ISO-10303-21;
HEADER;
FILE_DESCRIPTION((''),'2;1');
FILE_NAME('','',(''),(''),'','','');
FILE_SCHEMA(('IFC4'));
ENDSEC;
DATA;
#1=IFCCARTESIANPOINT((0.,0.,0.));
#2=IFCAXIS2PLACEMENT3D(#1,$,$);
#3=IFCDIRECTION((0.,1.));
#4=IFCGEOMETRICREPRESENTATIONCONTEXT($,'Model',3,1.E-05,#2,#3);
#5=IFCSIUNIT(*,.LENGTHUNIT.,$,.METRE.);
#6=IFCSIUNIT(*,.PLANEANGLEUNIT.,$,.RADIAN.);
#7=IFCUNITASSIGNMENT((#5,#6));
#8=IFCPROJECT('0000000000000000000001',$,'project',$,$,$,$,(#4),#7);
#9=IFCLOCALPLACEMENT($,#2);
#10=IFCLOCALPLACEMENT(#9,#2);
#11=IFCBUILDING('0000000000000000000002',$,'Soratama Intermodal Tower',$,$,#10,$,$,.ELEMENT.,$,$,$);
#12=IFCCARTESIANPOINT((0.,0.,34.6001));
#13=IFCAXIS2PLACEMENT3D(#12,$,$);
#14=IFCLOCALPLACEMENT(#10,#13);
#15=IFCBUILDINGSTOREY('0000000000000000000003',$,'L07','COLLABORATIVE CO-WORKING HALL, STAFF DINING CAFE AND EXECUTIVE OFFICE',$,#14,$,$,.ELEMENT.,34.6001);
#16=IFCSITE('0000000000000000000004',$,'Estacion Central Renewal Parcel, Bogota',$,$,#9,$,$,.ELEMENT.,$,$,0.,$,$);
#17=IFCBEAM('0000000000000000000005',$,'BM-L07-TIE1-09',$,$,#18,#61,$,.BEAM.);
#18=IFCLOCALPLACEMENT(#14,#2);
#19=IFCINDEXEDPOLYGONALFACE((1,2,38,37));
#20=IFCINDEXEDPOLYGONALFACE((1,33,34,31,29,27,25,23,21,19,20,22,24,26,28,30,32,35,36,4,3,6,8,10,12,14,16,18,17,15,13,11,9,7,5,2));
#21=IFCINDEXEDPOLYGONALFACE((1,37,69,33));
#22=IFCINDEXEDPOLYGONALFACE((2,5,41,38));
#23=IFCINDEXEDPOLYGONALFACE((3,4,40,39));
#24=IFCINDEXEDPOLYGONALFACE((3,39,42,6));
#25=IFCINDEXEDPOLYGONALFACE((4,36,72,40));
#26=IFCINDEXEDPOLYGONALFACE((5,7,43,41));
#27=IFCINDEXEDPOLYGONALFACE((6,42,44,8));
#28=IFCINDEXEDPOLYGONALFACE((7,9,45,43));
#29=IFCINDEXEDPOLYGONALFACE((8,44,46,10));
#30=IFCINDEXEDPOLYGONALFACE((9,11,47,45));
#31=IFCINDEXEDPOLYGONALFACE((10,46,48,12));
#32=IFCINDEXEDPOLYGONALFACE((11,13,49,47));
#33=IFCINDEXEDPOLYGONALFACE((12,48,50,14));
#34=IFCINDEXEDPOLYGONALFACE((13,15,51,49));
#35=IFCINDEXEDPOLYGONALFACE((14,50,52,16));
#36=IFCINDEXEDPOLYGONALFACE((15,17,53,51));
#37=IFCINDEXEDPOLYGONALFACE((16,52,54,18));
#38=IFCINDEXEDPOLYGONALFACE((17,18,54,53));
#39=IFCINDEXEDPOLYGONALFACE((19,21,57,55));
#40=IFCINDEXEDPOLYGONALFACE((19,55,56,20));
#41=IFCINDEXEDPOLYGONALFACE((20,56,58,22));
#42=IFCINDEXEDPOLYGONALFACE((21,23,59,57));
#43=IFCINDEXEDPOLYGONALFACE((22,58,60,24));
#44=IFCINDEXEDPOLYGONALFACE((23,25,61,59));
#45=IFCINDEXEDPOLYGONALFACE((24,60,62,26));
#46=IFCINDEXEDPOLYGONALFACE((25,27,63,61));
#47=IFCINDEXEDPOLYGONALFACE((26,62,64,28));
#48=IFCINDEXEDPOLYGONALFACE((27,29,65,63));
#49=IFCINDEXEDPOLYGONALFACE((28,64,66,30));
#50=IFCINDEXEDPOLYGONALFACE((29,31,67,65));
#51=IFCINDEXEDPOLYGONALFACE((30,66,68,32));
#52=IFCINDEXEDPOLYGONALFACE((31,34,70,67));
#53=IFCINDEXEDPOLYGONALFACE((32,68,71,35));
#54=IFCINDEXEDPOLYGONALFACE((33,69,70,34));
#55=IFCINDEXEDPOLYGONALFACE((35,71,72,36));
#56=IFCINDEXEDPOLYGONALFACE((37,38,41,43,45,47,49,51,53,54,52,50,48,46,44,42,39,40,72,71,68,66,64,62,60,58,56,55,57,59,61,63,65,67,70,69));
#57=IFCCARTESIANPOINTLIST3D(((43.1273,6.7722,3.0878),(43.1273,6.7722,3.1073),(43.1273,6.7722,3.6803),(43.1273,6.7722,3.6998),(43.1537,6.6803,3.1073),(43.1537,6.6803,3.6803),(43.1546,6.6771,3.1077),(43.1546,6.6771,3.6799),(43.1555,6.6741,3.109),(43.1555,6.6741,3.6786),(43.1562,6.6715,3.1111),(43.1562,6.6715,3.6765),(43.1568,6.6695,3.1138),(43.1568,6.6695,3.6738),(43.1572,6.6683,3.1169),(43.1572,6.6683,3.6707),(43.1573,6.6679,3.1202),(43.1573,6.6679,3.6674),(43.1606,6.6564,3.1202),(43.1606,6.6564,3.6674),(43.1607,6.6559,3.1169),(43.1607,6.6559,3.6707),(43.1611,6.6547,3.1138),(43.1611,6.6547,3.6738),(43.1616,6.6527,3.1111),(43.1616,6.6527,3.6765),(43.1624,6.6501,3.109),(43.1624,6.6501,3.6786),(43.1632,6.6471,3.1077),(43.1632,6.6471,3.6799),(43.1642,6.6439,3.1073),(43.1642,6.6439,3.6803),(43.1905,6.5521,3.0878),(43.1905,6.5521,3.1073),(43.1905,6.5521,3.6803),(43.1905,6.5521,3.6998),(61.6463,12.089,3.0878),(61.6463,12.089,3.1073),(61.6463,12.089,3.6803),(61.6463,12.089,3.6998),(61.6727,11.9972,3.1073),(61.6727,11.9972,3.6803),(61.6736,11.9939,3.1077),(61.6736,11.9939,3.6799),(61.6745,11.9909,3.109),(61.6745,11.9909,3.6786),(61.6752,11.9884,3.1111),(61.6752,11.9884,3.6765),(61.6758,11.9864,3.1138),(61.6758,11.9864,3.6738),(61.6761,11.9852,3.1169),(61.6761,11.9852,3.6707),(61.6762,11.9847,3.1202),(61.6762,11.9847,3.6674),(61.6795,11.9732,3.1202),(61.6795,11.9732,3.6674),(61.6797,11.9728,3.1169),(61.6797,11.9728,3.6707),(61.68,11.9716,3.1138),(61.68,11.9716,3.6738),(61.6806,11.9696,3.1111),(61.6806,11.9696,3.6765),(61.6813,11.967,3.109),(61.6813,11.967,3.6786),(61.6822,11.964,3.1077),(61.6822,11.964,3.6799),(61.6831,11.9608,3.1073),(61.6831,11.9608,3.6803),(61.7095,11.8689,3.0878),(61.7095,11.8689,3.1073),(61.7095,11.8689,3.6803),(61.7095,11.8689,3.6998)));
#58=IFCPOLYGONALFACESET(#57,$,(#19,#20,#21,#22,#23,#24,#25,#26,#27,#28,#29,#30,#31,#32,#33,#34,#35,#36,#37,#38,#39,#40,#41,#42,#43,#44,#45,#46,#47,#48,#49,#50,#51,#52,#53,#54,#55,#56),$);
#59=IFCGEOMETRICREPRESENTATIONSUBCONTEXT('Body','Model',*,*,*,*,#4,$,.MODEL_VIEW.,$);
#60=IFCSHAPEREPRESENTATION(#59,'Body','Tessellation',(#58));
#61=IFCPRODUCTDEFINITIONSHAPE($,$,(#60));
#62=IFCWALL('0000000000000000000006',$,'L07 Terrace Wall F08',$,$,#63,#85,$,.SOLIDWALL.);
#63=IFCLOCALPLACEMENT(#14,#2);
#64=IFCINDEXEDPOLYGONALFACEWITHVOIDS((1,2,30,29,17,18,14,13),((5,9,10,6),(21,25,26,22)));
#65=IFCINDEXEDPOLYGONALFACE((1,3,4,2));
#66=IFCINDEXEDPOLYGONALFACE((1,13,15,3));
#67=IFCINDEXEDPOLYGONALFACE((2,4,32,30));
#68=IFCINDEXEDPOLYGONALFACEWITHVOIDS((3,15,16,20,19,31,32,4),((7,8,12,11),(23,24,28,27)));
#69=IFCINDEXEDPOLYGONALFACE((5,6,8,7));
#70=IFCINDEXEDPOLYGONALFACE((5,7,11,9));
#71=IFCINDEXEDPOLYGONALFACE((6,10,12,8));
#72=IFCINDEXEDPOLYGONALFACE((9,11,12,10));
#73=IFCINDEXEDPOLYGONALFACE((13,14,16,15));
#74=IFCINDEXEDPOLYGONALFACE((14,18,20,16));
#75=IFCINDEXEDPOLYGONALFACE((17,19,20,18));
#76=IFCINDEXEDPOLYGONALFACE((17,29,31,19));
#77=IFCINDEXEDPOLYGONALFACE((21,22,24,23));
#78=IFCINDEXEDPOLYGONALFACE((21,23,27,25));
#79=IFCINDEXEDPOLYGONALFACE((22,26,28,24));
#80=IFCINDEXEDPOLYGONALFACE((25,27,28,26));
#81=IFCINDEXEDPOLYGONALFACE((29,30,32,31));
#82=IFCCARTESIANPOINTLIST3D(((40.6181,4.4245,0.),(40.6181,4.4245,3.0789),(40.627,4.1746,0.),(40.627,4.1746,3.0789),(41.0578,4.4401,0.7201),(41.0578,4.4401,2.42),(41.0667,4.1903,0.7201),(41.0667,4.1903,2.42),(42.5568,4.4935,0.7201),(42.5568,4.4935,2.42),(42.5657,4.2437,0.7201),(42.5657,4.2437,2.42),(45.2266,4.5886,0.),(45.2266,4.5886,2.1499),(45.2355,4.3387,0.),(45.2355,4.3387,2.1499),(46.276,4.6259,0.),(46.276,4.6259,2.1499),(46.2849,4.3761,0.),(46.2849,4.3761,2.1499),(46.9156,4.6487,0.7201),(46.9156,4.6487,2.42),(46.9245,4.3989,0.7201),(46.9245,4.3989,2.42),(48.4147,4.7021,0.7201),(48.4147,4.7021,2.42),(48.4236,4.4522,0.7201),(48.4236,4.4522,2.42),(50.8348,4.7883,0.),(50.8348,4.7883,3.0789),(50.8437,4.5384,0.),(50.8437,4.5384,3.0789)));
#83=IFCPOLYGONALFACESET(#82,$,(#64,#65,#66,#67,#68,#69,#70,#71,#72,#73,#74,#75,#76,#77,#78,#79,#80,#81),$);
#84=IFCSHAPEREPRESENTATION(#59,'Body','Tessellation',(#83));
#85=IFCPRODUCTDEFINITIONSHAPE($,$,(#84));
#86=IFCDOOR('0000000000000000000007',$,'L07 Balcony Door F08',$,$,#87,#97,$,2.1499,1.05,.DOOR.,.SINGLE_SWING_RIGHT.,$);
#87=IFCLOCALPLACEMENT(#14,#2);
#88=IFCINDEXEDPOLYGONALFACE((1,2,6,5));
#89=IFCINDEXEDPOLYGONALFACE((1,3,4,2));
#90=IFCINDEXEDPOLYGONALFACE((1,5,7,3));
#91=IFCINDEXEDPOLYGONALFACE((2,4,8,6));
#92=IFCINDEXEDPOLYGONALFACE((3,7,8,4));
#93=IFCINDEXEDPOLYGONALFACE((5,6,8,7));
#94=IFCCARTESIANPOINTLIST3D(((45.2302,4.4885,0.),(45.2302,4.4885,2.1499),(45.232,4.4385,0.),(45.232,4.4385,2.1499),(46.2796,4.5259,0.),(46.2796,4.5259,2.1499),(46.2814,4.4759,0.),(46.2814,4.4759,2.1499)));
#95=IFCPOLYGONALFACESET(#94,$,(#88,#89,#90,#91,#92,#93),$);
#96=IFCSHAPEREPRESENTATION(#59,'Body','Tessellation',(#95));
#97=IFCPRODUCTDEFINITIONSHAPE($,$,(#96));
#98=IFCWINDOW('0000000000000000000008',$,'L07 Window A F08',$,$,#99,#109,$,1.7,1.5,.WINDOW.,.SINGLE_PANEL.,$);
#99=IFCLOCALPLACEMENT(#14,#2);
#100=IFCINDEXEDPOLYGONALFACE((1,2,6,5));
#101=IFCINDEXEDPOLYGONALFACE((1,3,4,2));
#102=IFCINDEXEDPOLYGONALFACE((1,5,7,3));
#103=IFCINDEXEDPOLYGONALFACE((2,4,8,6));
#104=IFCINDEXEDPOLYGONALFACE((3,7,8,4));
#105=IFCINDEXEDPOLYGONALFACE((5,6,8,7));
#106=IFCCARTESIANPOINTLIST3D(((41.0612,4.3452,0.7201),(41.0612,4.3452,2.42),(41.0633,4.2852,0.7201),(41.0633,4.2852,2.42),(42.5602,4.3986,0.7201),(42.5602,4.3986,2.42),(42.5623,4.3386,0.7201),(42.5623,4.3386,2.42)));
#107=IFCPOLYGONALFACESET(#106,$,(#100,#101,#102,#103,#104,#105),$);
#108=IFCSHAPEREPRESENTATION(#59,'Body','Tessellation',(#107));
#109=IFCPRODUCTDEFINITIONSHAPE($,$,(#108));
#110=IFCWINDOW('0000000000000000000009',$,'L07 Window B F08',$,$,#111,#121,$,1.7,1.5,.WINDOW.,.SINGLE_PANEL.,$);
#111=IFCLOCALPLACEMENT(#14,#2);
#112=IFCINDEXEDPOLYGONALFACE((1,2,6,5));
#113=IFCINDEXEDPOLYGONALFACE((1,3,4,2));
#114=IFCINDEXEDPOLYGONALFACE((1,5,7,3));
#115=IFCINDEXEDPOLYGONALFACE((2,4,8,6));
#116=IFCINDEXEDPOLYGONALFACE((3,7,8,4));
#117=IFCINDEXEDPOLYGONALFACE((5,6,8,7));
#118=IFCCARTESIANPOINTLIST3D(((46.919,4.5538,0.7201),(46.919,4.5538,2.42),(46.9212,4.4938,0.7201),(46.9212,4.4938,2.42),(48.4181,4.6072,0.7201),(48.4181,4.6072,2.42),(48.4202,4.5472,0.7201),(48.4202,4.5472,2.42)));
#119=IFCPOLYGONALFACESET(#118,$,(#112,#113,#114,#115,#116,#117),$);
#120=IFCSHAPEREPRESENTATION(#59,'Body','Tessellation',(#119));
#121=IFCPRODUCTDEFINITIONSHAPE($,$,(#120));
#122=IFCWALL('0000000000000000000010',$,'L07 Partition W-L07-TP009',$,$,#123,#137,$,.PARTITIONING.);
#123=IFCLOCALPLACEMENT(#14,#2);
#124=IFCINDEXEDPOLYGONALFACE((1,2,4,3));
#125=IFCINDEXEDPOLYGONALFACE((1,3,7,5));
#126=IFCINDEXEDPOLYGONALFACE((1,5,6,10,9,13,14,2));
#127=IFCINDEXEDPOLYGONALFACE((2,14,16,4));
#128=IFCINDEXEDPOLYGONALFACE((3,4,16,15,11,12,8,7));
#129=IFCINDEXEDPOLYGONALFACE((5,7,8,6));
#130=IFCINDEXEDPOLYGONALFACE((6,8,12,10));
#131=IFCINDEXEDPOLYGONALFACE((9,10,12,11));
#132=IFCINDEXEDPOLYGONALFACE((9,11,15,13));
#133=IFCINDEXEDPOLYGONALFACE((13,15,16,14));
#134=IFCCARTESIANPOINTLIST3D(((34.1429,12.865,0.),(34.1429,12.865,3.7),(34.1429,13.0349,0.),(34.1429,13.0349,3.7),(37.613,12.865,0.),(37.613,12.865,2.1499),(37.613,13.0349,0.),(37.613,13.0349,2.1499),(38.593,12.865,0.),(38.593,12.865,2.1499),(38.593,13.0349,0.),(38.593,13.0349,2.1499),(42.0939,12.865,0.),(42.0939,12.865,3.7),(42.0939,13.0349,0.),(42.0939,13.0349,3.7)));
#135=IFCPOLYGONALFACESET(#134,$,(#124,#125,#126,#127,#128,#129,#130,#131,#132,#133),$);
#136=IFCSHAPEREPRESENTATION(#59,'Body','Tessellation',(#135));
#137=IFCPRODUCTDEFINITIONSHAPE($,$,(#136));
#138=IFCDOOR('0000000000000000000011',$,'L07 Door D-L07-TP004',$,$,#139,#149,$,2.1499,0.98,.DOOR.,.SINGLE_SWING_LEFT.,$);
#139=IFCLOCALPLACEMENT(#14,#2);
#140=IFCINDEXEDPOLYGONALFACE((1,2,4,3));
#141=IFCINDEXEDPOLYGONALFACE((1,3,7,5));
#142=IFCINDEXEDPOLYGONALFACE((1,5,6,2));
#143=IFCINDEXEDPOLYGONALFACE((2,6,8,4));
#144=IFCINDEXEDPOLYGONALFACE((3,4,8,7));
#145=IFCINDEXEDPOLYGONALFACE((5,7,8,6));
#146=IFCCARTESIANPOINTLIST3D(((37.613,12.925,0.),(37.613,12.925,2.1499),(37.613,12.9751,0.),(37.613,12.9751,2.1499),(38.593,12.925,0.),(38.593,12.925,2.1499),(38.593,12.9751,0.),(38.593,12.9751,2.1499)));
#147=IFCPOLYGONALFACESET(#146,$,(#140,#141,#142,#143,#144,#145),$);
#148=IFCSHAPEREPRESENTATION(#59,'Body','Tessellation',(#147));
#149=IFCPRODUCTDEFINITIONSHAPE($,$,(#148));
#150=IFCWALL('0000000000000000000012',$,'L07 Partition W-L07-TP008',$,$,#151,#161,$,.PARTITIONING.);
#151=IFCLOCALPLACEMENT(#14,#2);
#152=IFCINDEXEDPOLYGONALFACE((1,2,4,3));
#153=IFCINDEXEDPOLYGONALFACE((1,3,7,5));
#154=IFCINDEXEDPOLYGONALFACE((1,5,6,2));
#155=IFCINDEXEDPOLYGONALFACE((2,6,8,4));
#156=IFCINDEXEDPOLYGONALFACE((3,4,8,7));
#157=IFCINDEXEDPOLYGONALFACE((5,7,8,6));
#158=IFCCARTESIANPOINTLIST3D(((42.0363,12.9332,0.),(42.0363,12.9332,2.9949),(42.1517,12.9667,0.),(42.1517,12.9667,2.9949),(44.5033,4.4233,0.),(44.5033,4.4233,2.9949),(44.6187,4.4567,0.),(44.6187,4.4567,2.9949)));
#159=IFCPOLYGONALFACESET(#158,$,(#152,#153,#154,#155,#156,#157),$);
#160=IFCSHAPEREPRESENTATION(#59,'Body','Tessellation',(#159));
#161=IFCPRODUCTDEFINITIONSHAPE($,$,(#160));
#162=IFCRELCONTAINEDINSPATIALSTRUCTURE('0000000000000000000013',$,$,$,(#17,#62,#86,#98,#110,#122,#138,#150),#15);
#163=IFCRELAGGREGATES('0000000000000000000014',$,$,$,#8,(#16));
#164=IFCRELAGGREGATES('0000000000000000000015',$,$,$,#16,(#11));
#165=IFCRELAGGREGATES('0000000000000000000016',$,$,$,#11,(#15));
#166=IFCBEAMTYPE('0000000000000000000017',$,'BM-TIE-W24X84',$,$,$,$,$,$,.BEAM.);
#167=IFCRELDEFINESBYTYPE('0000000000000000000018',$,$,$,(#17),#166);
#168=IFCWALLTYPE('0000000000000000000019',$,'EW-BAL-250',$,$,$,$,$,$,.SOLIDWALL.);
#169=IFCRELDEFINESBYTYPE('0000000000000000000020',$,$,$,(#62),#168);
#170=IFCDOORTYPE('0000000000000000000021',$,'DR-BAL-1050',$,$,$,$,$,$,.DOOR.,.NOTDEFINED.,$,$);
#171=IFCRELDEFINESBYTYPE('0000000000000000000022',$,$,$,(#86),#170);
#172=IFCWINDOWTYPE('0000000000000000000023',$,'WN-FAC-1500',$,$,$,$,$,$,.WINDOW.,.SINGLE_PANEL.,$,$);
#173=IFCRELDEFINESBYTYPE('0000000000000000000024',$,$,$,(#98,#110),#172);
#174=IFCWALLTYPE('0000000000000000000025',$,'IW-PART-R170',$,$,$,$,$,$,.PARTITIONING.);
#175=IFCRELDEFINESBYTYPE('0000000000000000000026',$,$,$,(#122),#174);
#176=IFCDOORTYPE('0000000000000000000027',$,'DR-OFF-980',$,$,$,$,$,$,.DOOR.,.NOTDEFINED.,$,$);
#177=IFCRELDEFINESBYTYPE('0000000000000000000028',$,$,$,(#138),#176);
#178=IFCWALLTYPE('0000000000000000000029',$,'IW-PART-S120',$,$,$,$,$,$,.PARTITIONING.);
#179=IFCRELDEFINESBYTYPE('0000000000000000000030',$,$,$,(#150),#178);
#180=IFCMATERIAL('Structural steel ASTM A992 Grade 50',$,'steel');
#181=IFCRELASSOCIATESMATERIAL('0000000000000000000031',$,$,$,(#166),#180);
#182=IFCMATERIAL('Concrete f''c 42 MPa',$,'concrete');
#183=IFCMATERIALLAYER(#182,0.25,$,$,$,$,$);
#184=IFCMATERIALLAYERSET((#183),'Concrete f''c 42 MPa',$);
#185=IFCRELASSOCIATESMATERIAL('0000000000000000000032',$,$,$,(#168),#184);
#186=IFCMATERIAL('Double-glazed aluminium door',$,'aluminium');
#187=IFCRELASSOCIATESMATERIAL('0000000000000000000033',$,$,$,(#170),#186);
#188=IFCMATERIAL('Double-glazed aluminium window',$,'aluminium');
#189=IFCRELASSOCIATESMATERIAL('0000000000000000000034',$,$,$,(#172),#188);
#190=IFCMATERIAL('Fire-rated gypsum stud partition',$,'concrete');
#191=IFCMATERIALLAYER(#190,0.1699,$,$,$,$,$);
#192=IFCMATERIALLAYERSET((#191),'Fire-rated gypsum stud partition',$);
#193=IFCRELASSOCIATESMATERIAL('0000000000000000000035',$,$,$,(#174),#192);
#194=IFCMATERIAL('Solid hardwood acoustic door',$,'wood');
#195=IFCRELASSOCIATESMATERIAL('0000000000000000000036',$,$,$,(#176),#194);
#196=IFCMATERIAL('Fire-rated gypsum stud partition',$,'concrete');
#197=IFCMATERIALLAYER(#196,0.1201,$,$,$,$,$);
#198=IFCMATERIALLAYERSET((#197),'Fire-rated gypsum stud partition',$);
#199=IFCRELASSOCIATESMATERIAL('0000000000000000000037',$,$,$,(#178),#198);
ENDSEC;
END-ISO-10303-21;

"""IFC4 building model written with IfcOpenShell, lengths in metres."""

from ifc_helpers import new_model, si_unit, direction, frame, frame_2d, origin, origin_2d, place, context, subcontext, project, spatial, rectangle, i_section, extrude, material, layer, layer_set, material_profile, profile_set, type_object, element, fill, save


model = new_model("IFC4")

# Units and contexts
model_context = context("Model", 3, precision=1e-05, world=origin(), true_north=direction((0.0, 1.0)))
body_context = subcontext(model_context, "Body", "Model", "MODEL_VIEW")
ifc_project = project(units=[si_unit("LENGTHUNIT", "METRE"), si_unit("PLANEANGLEUNIT", "RADIAN")], contexts=[model_context])

# Site, building, storey
site_placement = place(None, origin())
site = spatial("IfcSite", under=ifc_project, at=site_placement, Name="Estacion Central Renewal Parcel, Bogota", CompositionType="ELEMENT", RefElevation=0.0)
building_placement = place(site_placement, origin())
building = spatial("IfcBuilding", under=site, at=building_placement, Name="Soratama Intermodal Tower", CompositionType="ELEMENT")
storey_placement = place(building_placement, frame((0.0, 0.0, 34.6001)))
storey = spatial("IfcBuildingStorey", under=building, at=storey_placement, Name="L07", Description="COLLABORATIVE CO-WORKING HALL, STAFF DINING CAFE AND EXECUTIVE OFFICE", CompositionType="ELEMENT", Elevation=34.6001)

# Beam
ifc_material_1 = material(Name="Structural steel ASTM A992 Grade 50", Category="steel")
ifc_material_profile_1 = material_profile(ifc_material_1, i_section(OverallWidth=0.229, OverallDepth=0.6121, WebThickness=0.012, FlangeThickness=0.0195, FilletRadius=0.0129, at=origin_2d()), Name="W24X84")
ifc_profile_set_1 = profile_set([ifc_material_profile_1], Name="Structural steel ASTM A992 Grade 50")
beam_type_1 = type_object("IfcBeamType", Name="BM-TIE-W24X84", PredefinedType="BEAM", material=ifc_profile_set_1)
beam_1_placement = place(storey_placement, frame((43.1589, 6.6621, 3.3938), z_axis=(0.96117, 0.275956, 0.0), x_axis=(-0.275956, 0.96117, 0.0)))
element("IfcBeam", 1, at=beam_1_placement, inside=storey, type_object=beam_type_1, Name="BM-L07-TIE1-09", PredefinedType="BEAM", context=body_context, shape_type="SweptSolid", body=[
    extrude(i_section(OverallWidth=0.229, OverallDepth=0.6121, WebThickness=0.012, FlangeThickness=0.0195, FilletRadius=0.0129, at=origin_2d()), origin(), (0.0, 0.0, 1.0), 19.2671),
])

# Wall, openings, door, windows
ifc_material_2 = material(Name="Concrete f'c 42 MPa", Category="concrete")
ifc_layer_1 = layer(ifc_material_2, 0.25)
ifc_layer_set_1 = layer_set([ifc_layer_1], Name="Concrete f'c 42 MPa")
wall_type_1 = type_object("IfcWallType", Name="EW-BAL-250", PredefinedType="SOLIDWALL", material=ifc_layer_set_1)
wall_1_placement = place(storey_placement, frame((40.6226, 4.2996, 0.0), z_axis=(0.0, 0.0, 1.0), x_axis=(0.999367, 0.035583, 0.0)))
wall_1 = element("IfcWall", 2, at=wall_1_placement, inside=storey, type_object=wall_type_1, Name="L07 Terrace Wall F08", PredefinedType="SOLIDWALL", context=body_context, shape_type="SweptSolid", body=[
    extrude(rectangle(XDim=10.2231, YDim=0.25, at=frame_2d((5.1116, 0.0))), origin(), (0.0, 0.0, 1.0), 3.0789),
])
opening_1_placement = place(wall_1_placement, frame((4.6116, 0.0, 0.0)))
opening_1 = element("IfcOpeningElement", 3, at=opening_1_placement, cuts=wall_1, PredefinedType="OPENING", context=body_context, shape_type="SweptSolid", body=[
    extrude(rectangle(XDim=1.05, YDim=2.1499, at=frame_2d((0.5249, 1.075))), frame((0.0, 0.135, 0.0), z_axis=(0.0, -1.0, 0.0), x_axis=(1.0, 0.0, 0.0)), (0.0, 0.0, 1.0), 0.27),
])
opening_2_placement = place(wall_1_placement, frame((0.4399, 0.0, 0.72)))
opening_2 = element("IfcOpeningElement", 4, at=opening_2_placement, cuts=wall_1, PredefinedType="OPENING", context=body_context, shape_type="SweptSolid", body=[
    extrude(rectangle(XDim=1.5, YDim=1.7, at=frame_2d((0.75, 0.8501))), frame((0.0, 0.135, 0.0), z_axis=(0.0, -1.0, 0.0), x_axis=(1.0, 0.0, 0.0)), (0.0, 0.0, 1.0), 0.27),
])
opening_3_placement = place(wall_1_placement, frame((6.3015, 0.0, 0.72)))
opening_3 = element("IfcOpeningElement", 5, at=opening_3_placement, cuts=wall_1, PredefinedType="OPENING", context=body_context, shape_type="SweptSolid", body=[
    extrude(rectangle(XDim=1.5, YDim=1.7, at=frame_2d((0.75, 0.8501))), frame((0.0, 0.135, 0.0), z_axis=(0.0, -1.0, 0.0), x_axis=(1.0, 0.0, 0.0)), (0.0, 0.0, 1.0), 0.27),
])
ifc_material_3 = material(Name="Double-glazed aluminium door", Category="aluminium")
door_type_1 = type_object("IfcDoorType", Name="DR-BAL-1050", OperationType="NOTDEFINED", PredefinedType="DOOR", material=ifc_material_3)
door_1_placement = place(opening_1_placement, origin())
door_1 = element("IfcDoor", 6, at=door_1_placement, inside=storey, type_object=door_type_1, Name="L07 Balcony Door F08", OperationType="SINGLE_SWING_RIGHT", OverallHeight=2.1499, OverallWidth=1.05, PredefinedType="DOOR", context=body_context, shape_type="SweptSolid", body=[
    extrude(rectangle(XDim=1.05, YDim=2.1499, at=frame_2d((0.5249, 1.075))), frame((0.0, 0.0249, 0.0), z_axis=(0.0, -1.0, 0.0), x_axis=(1.0, 0.0, 0.0)), (0.0, 0.0, 1.0), 0.05),
])
fill(opening_1, door_1)
ifc_material_4 = material(Name="Double-glazed aluminium window", Category="aluminium")
window_type = type_object("IfcWindowType", Name="WN-FAC-1500", PartitioningType="SINGLE_PANEL", PredefinedType="WINDOW", material=ifc_material_4)
window_1_placement = place(opening_2_placement, origin())
window_1 = element("IfcWindow", 7, at=window_1_placement, inside=storey, type_object=window_type, Name="L07 Window A F08", OverallHeight=1.7, OverallWidth=1.5, PartitioningType="SINGLE_PANEL", PredefinedType="WINDOW", context=body_context, shape_type="SweptSolid", body=[
    extrude(rectangle(XDim=1.5, YDim=1.7, at=frame_2d((0.75, 0.8501))), frame((0.0, 0.03, 0.0), z_axis=(0.0, -1.0, 0.0), x_axis=(1.0, 0.0, 0.0)), (0.0, 0.0, 1.0), 0.0601),
])
fill(opening_2, window_1)
window_2_placement = place(opening_3_placement, origin())
window_2 = element("IfcWindow", 8, at=window_2_placement, inside=storey, type_object=window_type, Name="L07 Window B F08", OverallHeight=1.7, OverallWidth=1.5, PartitioningType="SINGLE_PANEL", PredefinedType="WINDOW", context=body_context, shape_type="SweptSolid", body=[
    extrude(rectangle(XDim=1.5, YDim=1.7, at=frame_2d((0.75, 0.8501))), frame((0.0, 0.03, 0.0), z_axis=(0.0, -1.0, 0.0), x_axis=(1.0, 0.0, 0.0)), (0.0, 0.0, 1.0), 0.0601),
])
fill(opening_3, window_2)

# Wall, opening, door
ifc_material_5 = material(Name="Fire-rated gypsum stud partition", Category="concrete")
ifc_layer_2 = layer(ifc_material_5, 0.1699)
ifc_layer_set_2 = layer_set([ifc_layer_2], Name="Fire-rated gypsum stud partition")
wall_type_2 = type_object("IfcWallType", Name="IW-PART-R170", PredefinedType="PARTITIONING", material=ifc_layer_set_2)
wall_2_placement = place(storey_placement, frame((42.094, 12.95, 0.0), z_axis=(0.0, 0.0, 1.0), x_axis=(-1.0, 0.0, 0.0)))
wall_2 = element("IfcWall", 9, at=wall_2_placement, inside=storey, type_object=wall_type_2, Name="L07 Partition W-L07-TP009", PredefinedType="PARTITIONING", context=body_context, shape_type="SweptSolid", body=[
    extrude(rectangle(XDim=7.9509, YDim=0.1699, at=frame_2d((3.9756, 0.0))), origin(), (0.0, 0.0, 1.0), 3.7),
])
opening_4_placement = place(wall_2_placement, frame((3.501, 0.0, 0.0)))
opening_4 = element("IfcOpeningElement", 10, at=opening_4_placement, cuts=wall_2, PredefinedType="OPENING", context=body_context, shape_type="SweptSolid", body=[
    extrude(rectangle(XDim=0.98, YDim=2.1499, at=frame_2d((0.49, 1.075))), frame((0.0, 0.095, 0.0), z_axis=(0.0, -1.0, 0.0), x_axis=(1.0, 0.0, 0.0)), (0.0, 0.0, 1.0), 0.1899),
])
ifc_material_6 = material(Name="Solid hardwood acoustic door", Category="wood")
door_type_2 = type_object("IfcDoorType", Name="DR-OFF-980", OperationType="NOTDEFINED", PredefinedType="DOOR", material=ifc_material_6)
door_2_placement = place(opening_4_placement, origin())
door_2 = element("IfcDoor", 11, at=door_2_placement, inside=storey, type_object=door_type_2, Name="L07 Door D-L07-TP004", OperationType="SINGLE_SWING_LEFT", OverallHeight=2.1499, OverallWidth=0.98, PredefinedType="DOOR", context=body_context, shape_type="SweptSolid", body=[
    extrude(rectangle(XDim=0.98, YDim=2.1499, at=frame_2d((0.49, 1.075))), frame((0.0, 0.0249, 0.0), z_axis=(0.0, -1.0, 0.0), x_axis=(1.0, 0.0, 0.0)), (0.0, 0.0, 1.0), 0.05),
])
fill(opening_4, door_2)

# Wall
ifc_material_7 = material(Name="Fire-rated gypsum stud partition", Category="concrete")
ifc_layer_3 = layer(ifc_material_7, 0.1201)
ifc_layer_set_3 = layer_set([ifc_layer_3], Name="Fire-rated gypsum stud partition")
wall_type_3 = type_object("IfcWallType", Name="IW-PART-S120", PredefinedType="PARTITIONING", material=ifc_layer_set_3)
wall_3_placement = place(storey_placement, frame((42.094, 12.95, 0.0), z_axis=(0.0, 0.0, 1.0), x_axis=(0.278435, -0.960455, 0.0)))
element("IfcWall", 12, at=wall_3_placement, inside=storey, type_object=wall_type_3, Name="L07 Partition W-L07-TP008", PredefinedType="PARTITIONING", context=body_context, shape_type="SweptSolid", body=[
    extrude(rectangle(XDim=8.8604, YDim=0.1201, at=frame_2d((4.4302, 0.0))), origin(), (0.0, 0.0, 1.0), 2.9949),
])

save(model, "model.ifc")
